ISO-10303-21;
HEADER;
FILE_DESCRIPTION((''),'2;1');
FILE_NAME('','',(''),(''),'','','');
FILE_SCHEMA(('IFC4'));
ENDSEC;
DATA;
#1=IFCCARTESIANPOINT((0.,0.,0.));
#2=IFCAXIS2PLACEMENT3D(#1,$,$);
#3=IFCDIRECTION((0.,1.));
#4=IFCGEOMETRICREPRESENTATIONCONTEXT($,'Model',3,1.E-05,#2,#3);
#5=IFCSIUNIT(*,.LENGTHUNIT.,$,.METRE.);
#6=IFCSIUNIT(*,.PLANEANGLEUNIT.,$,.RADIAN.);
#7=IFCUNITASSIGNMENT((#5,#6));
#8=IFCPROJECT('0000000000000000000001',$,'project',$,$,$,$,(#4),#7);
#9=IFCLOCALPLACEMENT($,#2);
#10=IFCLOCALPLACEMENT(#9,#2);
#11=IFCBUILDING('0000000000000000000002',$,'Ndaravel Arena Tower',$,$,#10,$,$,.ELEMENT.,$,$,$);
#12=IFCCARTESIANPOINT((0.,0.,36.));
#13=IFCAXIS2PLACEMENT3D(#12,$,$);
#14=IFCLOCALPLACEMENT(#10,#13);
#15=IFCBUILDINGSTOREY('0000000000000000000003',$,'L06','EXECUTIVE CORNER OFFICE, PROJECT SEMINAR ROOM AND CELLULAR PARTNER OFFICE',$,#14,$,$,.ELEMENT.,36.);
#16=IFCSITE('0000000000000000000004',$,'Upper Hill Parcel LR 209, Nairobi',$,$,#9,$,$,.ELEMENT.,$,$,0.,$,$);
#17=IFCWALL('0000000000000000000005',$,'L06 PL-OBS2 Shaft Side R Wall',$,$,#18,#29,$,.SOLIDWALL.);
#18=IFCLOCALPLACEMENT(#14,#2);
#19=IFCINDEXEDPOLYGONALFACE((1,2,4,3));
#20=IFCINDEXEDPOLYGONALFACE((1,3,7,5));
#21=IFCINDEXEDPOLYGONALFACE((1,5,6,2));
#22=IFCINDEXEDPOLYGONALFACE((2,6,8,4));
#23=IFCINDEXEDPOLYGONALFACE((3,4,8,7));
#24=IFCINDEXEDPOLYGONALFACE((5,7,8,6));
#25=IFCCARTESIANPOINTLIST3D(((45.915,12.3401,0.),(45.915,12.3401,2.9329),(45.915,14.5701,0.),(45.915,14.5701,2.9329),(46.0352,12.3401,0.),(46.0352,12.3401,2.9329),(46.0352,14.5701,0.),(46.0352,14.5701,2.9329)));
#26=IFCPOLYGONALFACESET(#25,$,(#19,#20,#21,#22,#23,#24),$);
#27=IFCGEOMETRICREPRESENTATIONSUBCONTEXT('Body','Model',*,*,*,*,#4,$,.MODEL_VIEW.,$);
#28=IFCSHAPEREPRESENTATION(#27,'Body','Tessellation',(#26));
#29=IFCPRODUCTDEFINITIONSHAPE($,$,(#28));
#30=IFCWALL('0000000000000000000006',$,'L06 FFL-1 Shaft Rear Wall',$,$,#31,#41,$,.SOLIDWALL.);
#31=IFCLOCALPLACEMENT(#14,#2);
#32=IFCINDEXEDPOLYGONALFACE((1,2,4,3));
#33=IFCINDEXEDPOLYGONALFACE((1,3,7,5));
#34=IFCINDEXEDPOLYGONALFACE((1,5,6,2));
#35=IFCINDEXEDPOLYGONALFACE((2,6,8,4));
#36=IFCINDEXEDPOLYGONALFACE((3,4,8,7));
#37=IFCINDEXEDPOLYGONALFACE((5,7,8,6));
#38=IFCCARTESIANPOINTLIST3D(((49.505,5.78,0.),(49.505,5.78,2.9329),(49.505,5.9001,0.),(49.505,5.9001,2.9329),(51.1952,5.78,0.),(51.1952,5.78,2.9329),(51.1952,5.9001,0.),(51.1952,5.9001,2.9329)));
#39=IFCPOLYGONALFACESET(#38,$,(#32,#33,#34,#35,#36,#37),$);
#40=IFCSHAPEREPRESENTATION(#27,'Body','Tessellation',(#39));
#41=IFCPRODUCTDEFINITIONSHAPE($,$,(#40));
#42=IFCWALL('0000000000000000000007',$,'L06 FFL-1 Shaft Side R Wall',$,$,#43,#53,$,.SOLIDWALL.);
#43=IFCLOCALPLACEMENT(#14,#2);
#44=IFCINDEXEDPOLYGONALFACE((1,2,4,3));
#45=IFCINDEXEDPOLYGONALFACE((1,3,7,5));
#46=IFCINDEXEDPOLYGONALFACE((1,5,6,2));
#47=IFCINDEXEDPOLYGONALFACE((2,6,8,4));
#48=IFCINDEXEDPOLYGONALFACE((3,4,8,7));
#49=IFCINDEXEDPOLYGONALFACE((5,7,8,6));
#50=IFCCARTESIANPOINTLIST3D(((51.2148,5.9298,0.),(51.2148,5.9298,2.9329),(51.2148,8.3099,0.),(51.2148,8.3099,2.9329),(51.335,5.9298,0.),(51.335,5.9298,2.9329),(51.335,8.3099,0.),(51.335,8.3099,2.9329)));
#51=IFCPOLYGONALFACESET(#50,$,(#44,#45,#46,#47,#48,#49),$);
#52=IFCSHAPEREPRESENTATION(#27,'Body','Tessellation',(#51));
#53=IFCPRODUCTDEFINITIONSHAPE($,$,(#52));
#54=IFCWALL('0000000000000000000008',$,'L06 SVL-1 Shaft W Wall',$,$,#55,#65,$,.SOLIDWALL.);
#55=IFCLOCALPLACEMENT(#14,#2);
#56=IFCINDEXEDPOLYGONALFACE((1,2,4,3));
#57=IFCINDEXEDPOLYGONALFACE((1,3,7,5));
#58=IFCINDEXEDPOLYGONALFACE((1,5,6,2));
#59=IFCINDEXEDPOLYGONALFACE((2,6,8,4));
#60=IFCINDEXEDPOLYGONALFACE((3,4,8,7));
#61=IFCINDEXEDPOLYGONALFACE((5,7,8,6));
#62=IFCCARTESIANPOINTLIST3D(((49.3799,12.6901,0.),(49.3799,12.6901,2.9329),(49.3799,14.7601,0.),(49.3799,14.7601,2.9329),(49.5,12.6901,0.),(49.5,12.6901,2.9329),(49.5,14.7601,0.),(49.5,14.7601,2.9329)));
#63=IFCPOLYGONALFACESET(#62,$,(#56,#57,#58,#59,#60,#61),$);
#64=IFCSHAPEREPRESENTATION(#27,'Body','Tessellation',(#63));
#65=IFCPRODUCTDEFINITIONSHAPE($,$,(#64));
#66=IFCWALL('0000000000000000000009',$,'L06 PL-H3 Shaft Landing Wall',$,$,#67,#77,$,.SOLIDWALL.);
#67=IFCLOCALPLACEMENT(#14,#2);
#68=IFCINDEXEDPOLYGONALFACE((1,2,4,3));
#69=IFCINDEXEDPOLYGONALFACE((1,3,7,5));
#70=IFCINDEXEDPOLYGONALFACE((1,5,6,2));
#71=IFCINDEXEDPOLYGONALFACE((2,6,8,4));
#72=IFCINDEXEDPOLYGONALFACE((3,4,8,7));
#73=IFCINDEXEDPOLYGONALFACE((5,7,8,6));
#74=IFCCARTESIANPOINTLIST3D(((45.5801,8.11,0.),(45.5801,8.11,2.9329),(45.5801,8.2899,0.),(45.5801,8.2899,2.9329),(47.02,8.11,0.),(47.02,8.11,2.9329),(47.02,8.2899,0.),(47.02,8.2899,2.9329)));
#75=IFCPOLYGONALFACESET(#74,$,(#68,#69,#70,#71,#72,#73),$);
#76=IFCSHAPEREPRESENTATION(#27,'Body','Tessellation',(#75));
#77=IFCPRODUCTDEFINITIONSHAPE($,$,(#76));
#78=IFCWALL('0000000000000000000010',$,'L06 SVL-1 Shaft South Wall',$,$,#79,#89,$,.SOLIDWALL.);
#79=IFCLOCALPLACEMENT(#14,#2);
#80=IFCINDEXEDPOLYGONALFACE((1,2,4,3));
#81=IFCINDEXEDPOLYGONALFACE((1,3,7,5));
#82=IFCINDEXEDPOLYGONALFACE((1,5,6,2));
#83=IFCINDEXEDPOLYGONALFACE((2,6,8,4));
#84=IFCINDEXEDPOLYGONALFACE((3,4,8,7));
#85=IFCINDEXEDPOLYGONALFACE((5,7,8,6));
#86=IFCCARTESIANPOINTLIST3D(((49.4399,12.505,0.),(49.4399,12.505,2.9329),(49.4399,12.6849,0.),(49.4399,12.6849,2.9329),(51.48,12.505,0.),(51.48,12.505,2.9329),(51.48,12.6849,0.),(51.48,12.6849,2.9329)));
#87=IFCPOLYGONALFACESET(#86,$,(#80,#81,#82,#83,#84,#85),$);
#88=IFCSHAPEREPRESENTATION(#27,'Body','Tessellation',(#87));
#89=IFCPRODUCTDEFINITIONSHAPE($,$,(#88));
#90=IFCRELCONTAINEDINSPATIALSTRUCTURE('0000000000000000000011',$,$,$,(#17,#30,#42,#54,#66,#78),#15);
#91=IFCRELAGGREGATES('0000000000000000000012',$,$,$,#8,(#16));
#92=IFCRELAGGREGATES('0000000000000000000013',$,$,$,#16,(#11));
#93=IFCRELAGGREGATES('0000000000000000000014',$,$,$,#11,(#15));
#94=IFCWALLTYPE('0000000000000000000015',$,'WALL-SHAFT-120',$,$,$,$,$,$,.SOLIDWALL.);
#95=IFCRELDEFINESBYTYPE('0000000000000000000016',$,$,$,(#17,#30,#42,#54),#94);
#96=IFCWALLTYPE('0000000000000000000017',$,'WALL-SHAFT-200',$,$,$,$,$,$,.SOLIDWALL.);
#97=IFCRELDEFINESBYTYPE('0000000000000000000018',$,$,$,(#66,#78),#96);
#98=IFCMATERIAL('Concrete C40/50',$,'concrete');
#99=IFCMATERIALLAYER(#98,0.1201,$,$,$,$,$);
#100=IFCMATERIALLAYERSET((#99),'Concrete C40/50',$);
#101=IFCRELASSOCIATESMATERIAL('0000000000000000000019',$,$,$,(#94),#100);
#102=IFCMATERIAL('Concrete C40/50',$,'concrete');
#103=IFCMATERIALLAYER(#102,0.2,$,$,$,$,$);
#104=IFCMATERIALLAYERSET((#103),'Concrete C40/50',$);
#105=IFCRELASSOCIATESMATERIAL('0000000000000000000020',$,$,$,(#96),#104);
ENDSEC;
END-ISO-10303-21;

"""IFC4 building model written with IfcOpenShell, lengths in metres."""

from ifc_helpers import new_model, si_unit, direction, frame, frame_2d, origin, place, context, subcontext, project, spatial, rectangle, extrude, material, layer, layer_set, type_object, element, save


model = new_model("IFC4")

# Units and contexts
model_context = context("Model", 3, precision=1e-05, world=origin(), true_north=direction((0.0, 1.0)))
body_context = subcontext(model_context, "Body", "Model", "MODEL_VIEW")
ifc_project = project(units=[si_unit("LENGTHUNIT", "METRE"), si_unit("PLANEANGLEUNIT", "RADIAN")], contexts=[model_context])

# Site, building, storey
site_placement = place(None, origin())
site = spatial("IfcSite", under=ifc_project, at=site_placement, Name="Upper Hill Parcel LR 209, Nairobi", CompositionType="ELEMENT", RefElevation=0.0)
building_placement = place(site_placement, origin())
building = spatial("IfcBuilding", under=site, at=building_placement, Name="Ndaravel Arena Tower", CompositionType="ELEMENT")
storey_placement = place(building_placement, frame((0.0, 0.0, 36.0)))
storey = spatial("IfcBuildingStorey", under=building, at=storey_placement, Name="L06", Description="EXECUTIVE CORNER OFFICE, PROJECT SEMINAR ROOM AND CELLULAR PARTNER OFFICE", CompositionType="ELEMENT", Elevation=36.0)

# Walls
ifc_material_1 = material(Name="Concrete C40/50", Category="concrete")
ifc_layer_1 = layer(ifc_material_1, 0.1201)
ifc_layer_set_1 = layer_set([ifc_layer_1], Name="Concrete C40/50")
wall_type_1 = type_object("IfcWallType", Name="WALL-SHAFT-120", PredefinedType="SOLIDWALL", material=ifc_layer_set_1)
wall_1_placement = place(storey_placement, frame((45.9751, 12.3401, 0.0), z_axis=(0.0, 0.0, 1.0), x_axis=(0.0, 1.0, 0.0)))
element("IfcWall", 1, at=wall_1_placement, inside=storey, type_object=wall_type_1, Name="L06 PL-OBS2 Shaft Side R Wall", PredefinedType="SOLIDWALL", context=body_context, shape_type="SweptSolid", body=[
    extrude(rectangle(XDim=2.23, YDim=0.1201, at=frame_2d((1.115, 0.0))), origin(), (0.0, 0.0, 1.0), 2.9329),
])
wall_2_placement = place(storey_placement, frame((49.5049, 5.8401, 0.0), z_axis=(0.0, 0.0, 1.0), x_axis=(1.0, 0.0, 0.0)))
element("IfcWall", 2, at=wall_2_placement, inside=storey, type_object=wall_type_1, Name="L06 FFL-1 Shaft Rear Wall", PredefinedType="SOLIDWALL", context=body_context, shape_type="SweptSolid", body=[
    extrude(rectangle(XDim=1.6902, YDim=0.1201, at=frame_2d((0.8452, 0.0))), origin(), (0.0, 0.0, 1.0), 2.9329),
])
wall_3_placement = place(storey_placement, frame((51.2749, 5.9299, 0.0), z_axis=(0.0, 0.0, 1.0), x_axis=(0.0, 1.0, 0.0)))
element("IfcWall", 3, at=wall_3_placement, inside=storey, type_object=wall_type_1, Name="L06 FFL-1 Shaft Side R Wall", PredefinedType="SOLIDWALL", context=body_context, shape_type="SweptSolid", body=[
    extrude(rectangle(XDim=2.3801, YDim=0.1201, at=frame_2d((1.1899, 0.0))), origin(), (0.0, 0.0, 1.0), 2.9329),
])
wall_4_placement = place(storey_placement, frame((49.4399, 12.6899, 0.0), z_axis=(0.0, 0.0, 1.0), x_axis=(0.0, 1.0, 0.0)))
element("IfcWall", 4, at=wall_4_placement, inside=storey, type_object=wall_type_1, Name="L06 SVL-1 Shaft W Wall", PredefinedType="SOLIDWALL", context=body_context, shape_type="SweptSolid", body=[
    extrude(rectangle(XDim=2.0701, YDim=0.1201, at=frame_2d((1.0352, 0.0))), origin(), (0.0, 0.0, 1.0), 2.9329),
])
ifc_material_2 = material(Name="Concrete C40/50", Category="concrete")
ifc_layer_2 = layer(ifc_material_2, 0.2)
ifc_layer_set_2 = layer_set([ifc_layer_2], Name="Concrete C40/50")
wall_type_2 = type_object("IfcWallType", Name="WALL-SHAFT-200", PredefinedType="SOLIDWALL", material=ifc_layer_set_2)
wall_5_placement = place(storey_placement, frame((45.5801, 8.2, 0.0), z_axis=(0.0, 0.0, 1.0), x_axis=(1.0, 0.0, 0.0)))
element("IfcWall", 5, at=wall_5_placement, inside=storey, type_object=wall_type_2, Name="L06 PL-H3 Shaft Landing Wall", PredefinedType="SOLIDWALL", context=body_context, shape_type="SweptSolid", body=[
    extrude(rectangle(XDim=1.4399, YDim=0.1799, at=frame_2d((0.72, 0.0))), origin(), (0.0, 0.0, 1.0), 2.9329),
])

# Wall
wall_6_placement = place(storey_placement, frame((49.4399, 12.595, 0.0), z_axis=(0.0, 0.0, 1.0), x_axis=(1.0, 0.0, 0.0)))
element("IfcWall", 6, at=wall_6_placement, inside=storey, type_object=wall_type_2, Name="L06 SVL-1 Shaft South Wall", PredefinedType="SOLIDWALL", context=body_context, shape_type="SweptSolid", body=[
    extrude(rectangle(XDim=2.04, YDim=0.1799, at=frame_2d((1.02, 0.0))), origin(), (0.0, 0.0, 1.0), 2.9329),
])

save(model, "model.ifc")
